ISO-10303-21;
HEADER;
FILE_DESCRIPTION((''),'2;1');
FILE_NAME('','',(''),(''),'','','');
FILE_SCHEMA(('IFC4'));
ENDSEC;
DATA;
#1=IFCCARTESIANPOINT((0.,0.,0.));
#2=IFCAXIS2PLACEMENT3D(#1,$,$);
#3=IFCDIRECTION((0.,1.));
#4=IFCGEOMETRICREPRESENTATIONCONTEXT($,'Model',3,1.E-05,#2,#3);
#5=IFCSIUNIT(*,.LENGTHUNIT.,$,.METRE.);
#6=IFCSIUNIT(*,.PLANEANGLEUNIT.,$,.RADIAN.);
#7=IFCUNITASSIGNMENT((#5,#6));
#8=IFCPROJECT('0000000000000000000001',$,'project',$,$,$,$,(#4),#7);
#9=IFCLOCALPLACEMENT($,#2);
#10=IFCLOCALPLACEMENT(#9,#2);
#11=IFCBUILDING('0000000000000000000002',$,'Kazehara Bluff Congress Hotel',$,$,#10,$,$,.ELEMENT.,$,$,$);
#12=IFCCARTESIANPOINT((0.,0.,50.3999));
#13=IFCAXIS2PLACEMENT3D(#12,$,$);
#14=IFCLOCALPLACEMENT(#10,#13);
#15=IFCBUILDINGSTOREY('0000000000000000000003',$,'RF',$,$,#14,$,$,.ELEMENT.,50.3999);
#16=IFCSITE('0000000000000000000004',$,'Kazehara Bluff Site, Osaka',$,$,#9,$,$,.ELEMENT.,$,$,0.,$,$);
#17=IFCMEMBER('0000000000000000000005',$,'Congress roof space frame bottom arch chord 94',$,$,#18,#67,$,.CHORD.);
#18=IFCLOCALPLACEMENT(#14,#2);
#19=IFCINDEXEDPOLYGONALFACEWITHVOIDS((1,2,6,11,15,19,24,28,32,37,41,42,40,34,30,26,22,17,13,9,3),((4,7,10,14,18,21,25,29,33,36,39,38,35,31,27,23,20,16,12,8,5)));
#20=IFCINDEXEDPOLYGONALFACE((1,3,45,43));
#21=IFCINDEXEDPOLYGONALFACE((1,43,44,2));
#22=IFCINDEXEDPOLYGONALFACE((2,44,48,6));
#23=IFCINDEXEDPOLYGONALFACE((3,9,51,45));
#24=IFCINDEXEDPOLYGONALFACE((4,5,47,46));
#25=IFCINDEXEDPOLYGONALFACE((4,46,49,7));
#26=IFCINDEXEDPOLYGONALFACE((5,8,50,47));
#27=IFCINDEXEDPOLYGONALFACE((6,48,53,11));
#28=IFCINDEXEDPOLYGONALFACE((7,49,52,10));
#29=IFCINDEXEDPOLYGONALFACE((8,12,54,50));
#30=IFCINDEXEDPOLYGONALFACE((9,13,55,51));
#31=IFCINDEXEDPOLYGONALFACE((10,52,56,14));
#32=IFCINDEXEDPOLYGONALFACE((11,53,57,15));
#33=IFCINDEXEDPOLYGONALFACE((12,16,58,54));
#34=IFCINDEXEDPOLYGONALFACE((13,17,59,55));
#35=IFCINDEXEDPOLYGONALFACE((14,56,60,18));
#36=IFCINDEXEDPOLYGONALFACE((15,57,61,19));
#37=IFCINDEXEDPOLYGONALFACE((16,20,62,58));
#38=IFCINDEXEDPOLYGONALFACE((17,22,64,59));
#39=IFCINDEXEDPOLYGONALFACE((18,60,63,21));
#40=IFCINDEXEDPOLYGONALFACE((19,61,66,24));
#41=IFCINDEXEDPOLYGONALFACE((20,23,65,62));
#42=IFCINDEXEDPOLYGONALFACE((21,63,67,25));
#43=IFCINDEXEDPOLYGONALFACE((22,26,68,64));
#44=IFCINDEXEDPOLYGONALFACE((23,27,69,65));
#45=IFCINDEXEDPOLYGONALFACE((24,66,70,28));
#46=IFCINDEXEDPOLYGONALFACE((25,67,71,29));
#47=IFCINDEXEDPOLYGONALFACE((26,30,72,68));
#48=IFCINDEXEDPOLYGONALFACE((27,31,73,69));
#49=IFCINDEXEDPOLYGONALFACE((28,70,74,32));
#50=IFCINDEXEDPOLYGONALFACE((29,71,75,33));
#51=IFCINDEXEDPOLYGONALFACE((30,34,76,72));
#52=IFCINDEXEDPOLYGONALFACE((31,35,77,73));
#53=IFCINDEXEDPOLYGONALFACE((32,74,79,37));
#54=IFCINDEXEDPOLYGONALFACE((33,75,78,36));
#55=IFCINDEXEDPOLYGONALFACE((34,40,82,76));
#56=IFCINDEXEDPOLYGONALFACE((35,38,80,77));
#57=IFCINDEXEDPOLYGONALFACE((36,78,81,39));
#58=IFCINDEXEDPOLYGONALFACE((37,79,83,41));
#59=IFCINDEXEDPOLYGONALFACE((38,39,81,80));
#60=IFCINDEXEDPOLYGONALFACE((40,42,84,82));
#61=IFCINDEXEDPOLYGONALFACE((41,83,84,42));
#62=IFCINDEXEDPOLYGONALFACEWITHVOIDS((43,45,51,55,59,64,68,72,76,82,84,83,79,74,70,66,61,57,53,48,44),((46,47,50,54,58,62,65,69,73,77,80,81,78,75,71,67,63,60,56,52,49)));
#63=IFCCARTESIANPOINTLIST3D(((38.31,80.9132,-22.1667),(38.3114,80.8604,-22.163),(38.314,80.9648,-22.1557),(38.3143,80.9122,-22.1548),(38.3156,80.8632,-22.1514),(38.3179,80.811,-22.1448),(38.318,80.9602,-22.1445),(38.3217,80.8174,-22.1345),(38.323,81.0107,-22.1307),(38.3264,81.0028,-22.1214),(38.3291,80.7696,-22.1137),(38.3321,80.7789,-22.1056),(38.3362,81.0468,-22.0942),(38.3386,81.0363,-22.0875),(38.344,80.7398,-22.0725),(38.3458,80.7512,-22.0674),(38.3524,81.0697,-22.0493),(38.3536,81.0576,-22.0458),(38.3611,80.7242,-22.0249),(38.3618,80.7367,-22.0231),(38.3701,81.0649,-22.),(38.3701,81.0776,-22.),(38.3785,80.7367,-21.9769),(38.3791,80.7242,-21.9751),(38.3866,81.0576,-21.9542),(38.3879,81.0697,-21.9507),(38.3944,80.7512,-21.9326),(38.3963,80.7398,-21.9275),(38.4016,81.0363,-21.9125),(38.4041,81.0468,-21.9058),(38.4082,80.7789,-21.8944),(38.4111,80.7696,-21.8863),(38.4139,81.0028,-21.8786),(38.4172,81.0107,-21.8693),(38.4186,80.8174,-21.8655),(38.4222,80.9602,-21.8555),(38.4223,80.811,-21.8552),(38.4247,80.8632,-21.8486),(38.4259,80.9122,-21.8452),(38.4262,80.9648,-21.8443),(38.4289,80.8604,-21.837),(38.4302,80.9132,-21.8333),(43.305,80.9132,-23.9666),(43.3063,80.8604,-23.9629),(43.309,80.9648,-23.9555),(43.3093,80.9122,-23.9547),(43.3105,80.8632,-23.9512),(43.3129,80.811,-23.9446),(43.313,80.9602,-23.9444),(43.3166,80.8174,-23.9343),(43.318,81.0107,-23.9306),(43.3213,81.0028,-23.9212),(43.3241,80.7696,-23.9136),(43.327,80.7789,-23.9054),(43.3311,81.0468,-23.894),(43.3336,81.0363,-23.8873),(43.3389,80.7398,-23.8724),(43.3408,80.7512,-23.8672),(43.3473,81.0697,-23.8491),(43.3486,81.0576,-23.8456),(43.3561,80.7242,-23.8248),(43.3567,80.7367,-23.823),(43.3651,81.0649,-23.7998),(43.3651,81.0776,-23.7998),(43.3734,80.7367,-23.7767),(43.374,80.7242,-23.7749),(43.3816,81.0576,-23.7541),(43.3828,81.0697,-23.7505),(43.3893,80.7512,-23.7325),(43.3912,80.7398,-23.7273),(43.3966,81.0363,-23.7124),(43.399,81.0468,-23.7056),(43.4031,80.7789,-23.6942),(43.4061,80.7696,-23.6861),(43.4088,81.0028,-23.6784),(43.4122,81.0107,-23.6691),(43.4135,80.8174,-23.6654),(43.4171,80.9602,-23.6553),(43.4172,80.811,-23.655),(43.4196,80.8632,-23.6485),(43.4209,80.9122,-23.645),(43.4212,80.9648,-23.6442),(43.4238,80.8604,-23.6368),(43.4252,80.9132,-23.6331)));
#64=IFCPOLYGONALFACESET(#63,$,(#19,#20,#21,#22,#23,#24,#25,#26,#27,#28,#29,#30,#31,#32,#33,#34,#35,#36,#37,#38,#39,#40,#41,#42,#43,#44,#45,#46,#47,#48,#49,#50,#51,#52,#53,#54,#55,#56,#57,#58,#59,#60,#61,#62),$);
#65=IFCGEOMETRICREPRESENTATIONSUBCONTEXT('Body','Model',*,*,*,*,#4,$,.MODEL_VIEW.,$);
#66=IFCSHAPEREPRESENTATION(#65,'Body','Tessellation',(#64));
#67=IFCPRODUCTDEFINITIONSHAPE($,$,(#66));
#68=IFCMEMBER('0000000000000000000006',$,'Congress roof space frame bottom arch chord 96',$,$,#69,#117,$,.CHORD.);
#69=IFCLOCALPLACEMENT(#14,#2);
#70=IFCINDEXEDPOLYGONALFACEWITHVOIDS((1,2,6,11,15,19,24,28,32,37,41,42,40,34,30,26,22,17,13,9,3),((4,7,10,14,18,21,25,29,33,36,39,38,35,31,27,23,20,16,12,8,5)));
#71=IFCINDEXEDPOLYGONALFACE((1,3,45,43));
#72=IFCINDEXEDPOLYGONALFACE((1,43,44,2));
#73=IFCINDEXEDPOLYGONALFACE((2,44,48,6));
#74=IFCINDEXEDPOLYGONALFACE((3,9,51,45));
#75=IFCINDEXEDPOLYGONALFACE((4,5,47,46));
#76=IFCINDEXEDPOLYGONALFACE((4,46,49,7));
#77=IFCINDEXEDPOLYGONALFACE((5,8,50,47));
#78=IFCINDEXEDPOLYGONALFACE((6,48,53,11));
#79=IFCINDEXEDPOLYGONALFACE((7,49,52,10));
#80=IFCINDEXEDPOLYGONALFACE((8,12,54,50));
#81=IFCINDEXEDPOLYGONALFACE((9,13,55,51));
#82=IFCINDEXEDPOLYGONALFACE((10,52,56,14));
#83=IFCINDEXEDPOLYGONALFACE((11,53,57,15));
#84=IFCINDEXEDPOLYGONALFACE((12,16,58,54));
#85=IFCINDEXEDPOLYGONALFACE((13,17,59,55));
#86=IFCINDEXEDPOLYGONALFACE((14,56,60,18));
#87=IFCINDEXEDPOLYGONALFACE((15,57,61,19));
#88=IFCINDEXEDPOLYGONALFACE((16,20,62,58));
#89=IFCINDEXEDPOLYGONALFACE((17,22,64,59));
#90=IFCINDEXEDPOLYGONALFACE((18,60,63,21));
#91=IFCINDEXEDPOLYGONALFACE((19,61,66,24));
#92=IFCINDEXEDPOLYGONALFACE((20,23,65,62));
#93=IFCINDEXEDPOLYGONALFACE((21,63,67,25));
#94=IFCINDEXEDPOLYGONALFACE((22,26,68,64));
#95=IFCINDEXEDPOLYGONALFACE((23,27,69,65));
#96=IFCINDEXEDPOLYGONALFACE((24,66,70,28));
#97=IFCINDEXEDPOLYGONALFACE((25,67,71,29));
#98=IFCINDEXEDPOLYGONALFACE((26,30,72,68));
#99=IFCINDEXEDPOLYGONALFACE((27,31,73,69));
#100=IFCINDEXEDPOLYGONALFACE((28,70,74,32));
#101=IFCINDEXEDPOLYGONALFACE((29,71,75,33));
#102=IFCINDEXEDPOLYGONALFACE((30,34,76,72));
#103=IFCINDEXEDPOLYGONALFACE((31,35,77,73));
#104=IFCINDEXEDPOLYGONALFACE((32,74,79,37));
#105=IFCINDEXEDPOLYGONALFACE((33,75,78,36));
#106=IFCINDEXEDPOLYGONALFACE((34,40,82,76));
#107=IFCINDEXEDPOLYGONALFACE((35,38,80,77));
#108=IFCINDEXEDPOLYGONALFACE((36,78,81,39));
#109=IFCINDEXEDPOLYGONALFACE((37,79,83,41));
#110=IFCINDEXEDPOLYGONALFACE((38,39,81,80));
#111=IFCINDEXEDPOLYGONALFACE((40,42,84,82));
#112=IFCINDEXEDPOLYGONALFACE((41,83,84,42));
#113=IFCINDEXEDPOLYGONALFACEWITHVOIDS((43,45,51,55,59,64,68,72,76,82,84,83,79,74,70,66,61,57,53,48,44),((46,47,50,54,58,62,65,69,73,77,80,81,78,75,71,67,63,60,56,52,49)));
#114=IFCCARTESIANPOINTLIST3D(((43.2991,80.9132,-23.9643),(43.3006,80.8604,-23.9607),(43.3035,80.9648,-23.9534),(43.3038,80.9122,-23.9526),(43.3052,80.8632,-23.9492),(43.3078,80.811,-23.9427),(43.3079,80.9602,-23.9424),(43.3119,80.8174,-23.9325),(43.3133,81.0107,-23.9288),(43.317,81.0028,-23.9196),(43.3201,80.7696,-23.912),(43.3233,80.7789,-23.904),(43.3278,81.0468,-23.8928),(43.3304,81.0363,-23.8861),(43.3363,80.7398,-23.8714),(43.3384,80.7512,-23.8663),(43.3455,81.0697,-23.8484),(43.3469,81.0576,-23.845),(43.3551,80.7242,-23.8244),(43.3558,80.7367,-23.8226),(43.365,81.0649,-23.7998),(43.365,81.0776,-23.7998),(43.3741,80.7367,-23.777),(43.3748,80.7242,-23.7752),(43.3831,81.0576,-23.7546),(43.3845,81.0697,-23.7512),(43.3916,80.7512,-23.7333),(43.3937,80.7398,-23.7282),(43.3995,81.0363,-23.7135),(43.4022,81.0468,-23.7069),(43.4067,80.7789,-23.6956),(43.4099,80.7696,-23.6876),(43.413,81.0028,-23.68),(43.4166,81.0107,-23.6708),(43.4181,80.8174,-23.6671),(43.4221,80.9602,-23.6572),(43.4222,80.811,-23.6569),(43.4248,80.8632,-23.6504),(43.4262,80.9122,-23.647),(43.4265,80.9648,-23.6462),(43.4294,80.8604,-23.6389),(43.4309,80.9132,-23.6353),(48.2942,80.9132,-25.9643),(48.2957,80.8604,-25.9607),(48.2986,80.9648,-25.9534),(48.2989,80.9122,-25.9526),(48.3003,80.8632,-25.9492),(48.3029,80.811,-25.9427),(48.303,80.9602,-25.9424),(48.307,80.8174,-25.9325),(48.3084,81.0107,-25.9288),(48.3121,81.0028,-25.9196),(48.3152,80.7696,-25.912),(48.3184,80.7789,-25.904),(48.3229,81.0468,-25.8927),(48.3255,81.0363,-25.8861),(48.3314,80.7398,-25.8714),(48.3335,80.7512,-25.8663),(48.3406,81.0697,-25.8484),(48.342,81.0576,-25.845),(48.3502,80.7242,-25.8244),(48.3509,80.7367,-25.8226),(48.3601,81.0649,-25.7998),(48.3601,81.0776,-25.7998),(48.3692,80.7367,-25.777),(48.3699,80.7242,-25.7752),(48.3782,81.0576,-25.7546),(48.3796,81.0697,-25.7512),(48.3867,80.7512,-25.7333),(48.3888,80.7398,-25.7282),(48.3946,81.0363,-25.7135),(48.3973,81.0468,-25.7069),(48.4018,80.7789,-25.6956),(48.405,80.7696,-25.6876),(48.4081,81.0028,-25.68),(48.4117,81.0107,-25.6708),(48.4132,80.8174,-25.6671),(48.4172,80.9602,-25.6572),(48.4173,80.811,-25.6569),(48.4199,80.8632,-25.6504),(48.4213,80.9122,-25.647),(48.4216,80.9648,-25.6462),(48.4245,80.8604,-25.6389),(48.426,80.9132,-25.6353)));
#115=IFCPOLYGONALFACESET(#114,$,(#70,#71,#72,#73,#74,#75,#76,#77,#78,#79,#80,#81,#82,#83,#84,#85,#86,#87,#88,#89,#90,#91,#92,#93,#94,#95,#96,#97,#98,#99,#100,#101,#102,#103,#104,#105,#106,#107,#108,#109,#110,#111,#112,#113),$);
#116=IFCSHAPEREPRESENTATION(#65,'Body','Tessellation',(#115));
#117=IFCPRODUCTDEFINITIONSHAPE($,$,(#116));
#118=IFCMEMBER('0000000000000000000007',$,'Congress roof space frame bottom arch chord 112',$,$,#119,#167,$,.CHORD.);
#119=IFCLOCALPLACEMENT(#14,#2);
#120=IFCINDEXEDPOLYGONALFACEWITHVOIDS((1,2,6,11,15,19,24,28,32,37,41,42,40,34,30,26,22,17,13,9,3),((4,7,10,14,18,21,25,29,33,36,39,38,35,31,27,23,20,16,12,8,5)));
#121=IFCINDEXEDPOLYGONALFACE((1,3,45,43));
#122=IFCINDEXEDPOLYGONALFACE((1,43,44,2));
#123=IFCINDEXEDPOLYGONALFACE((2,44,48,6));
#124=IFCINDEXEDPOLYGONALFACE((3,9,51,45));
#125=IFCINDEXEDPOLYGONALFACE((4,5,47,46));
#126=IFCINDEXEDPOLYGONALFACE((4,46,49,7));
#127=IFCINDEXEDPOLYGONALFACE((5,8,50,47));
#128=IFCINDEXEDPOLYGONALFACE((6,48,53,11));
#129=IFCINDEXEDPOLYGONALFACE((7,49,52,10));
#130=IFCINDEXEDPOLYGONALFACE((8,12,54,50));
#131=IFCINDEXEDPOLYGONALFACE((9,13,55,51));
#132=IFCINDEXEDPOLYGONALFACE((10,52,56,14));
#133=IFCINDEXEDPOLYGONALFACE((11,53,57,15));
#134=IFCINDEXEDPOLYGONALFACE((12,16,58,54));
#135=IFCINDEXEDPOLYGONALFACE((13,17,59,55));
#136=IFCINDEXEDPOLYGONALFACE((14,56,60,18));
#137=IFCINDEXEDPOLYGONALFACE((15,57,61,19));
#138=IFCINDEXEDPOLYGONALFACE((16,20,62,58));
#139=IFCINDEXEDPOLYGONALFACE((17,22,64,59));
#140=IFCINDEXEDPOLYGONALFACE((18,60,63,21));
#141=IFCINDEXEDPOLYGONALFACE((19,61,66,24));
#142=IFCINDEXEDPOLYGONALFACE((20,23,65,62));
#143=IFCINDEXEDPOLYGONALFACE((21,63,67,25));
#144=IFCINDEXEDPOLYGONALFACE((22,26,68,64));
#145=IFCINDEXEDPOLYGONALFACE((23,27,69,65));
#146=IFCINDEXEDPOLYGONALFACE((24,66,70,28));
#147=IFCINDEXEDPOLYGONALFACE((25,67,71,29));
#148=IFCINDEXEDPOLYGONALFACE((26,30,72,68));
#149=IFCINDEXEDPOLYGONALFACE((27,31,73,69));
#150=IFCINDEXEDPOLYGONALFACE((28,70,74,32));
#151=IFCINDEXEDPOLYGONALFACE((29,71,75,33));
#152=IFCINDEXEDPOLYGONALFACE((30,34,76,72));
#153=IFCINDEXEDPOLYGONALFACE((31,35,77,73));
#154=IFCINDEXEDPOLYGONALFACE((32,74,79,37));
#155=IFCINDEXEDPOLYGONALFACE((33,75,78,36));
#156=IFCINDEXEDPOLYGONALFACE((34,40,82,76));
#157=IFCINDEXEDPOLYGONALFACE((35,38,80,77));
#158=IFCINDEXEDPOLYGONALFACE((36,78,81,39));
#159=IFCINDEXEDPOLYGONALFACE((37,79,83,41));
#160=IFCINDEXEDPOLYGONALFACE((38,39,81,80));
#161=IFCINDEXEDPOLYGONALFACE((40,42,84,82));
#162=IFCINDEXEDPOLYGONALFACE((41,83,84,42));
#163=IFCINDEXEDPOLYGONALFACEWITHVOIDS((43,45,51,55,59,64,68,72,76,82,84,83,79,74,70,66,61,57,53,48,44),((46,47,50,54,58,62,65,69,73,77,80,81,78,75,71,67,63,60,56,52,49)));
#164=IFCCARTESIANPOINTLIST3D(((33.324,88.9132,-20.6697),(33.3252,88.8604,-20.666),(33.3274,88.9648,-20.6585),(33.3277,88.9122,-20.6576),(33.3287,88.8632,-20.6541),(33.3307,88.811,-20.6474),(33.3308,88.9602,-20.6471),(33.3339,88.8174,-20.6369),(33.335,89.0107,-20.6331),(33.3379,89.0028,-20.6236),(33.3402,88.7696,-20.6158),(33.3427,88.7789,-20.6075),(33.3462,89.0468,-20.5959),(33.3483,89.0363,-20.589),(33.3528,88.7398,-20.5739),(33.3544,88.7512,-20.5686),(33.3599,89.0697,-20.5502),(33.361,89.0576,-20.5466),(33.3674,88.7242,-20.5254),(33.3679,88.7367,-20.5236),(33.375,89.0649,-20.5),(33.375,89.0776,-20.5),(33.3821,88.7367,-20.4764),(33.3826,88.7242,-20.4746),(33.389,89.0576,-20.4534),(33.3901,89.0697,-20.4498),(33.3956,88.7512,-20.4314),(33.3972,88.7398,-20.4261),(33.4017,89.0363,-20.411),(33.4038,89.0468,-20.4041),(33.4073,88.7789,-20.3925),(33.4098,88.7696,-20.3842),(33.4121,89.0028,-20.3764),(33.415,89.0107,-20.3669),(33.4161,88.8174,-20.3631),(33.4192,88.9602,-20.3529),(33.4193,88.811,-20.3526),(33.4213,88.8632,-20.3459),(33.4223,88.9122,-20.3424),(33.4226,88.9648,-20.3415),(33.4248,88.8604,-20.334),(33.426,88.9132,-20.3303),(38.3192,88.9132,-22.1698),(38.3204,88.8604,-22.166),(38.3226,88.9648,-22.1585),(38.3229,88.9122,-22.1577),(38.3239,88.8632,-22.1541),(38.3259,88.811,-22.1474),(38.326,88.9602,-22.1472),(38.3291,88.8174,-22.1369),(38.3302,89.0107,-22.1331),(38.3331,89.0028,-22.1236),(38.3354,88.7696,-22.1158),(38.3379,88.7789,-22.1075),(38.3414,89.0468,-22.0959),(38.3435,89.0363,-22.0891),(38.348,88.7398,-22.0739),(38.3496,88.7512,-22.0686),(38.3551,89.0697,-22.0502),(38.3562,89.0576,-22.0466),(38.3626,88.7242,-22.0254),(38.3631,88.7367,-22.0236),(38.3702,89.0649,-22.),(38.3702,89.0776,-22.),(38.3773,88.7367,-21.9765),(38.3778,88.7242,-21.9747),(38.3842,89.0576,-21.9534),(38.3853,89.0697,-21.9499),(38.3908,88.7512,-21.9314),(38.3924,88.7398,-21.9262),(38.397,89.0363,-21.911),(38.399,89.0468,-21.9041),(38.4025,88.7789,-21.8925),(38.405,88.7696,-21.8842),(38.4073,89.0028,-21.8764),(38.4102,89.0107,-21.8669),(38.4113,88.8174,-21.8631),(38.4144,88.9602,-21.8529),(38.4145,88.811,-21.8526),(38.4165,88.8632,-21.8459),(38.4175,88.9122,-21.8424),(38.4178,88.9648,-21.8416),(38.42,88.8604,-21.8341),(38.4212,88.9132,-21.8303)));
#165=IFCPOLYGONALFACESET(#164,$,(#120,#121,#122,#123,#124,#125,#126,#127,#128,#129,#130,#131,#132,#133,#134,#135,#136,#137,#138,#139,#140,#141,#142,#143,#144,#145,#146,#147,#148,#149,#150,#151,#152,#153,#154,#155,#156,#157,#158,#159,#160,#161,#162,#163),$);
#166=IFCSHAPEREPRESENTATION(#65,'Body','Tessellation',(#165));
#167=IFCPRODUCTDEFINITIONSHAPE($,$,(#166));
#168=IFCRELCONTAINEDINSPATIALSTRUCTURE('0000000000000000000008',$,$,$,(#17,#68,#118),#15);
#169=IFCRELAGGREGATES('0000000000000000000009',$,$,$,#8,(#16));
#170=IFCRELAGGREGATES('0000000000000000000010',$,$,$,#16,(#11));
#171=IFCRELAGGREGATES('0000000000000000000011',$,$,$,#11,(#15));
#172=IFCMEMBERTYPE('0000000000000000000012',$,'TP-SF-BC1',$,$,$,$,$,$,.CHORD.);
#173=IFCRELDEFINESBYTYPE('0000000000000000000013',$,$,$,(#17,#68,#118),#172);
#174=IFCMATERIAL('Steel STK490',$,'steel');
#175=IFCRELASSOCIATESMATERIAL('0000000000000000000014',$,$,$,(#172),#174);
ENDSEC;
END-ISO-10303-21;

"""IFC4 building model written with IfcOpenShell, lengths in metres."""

from ifc_helpers import new_model, si_unit, direction, frame, origin, origin_2d, place, context, subcontext, project, spatial, hollow_circle, extrude, material, material_profile, profile_set, type_object, element, save


model = new_model("IFC4")

# Units and contexts
model_context = context("Model", 3, precision=1e-05, world=origin(), true_north=direction((0.0, 1.0)))
body_context = subcontext(model_context, "Body", "Model", "MODEL_VIEW")
ifc_project = project(units=[si_unit("LENGTHUNIT", "METRE"), si_unit("PLANEANGLEUNIT", "RADIAN")], contexts=[model_context])

# Site, building, storey
site_placement = place(None, origin())
site = spatial("IfcSite", under=ifc_project, at=site_placement, Name="Kazehara Bluff Site, Osaka", CompositionType="ELEMENT", RefElevation=0.0)
building_placement = place(site_placement, origin())
building = spatial("IfcBuilding", under=site, at=building_placement, Name="Kazehara Bluff Congress Hotel", CompositionType="ELEMENT")
storey_placement = place(building_placement, frame((0.0, 0.0, 50.3999)))
storey = spatial("IfcBuildingStorey", under=building, at=storey_placement, Name="RF", CompositionType="ELEMENT", Elevation=50.3999)

# Members
ifc_material_1 = material(Name="Steel STK490", Category="steel")
ifc_material_profile_1 = material_profile(ifc_material_1, hollow_circle(Radius=0.1777, WallThickness=0.0127, at=origin_2d()))
ifc_profile_set_1 = profile_set([ifc_material_profile_1], Name="Steel STK490")
member_type_1 = type_object("IfcMemberType", Name="TP-SF-BC1", PredefinedType="CHORD", material=ifc_profile_set_1)
member_1_placement = place(storey_placement, frame((38.3701, 80.8999, -22.0), z_axis=(0.940788, 0.0, -0.338995), x_axis=(0.0, 1.0, 0.0)))
element("IfcMember", 1, at=member_1_placement, inside=storey, type_object=member_type_1, Name="Congress roof space frame bottom arch chord 94", PredefinedType="CHORD", context=body_context, shape_type="SweptSolid", body=[
    extrude(hollow_circle(Radius=0.1777, WallThickness=0.0127, at=origin_2d()), origin(), (0.0, 0.0, 1.0), 5.3093),
])
member_2_placement = place(storey_placement, frame((43.365, 80.8999, -23.7998), z_axis=(0.928351, 0.0, -0.371704), x_axis=(0.0, 1.0, 0.0)))
element("IfcMember", 2, at=member_2_placement, inside=storey, type_object=member_type_1, Name="Congress roof space frame bottom arch chord 96", PredefinedType="CHORD", context=body_context, shape_type="SweptSolid", body=[
    extrude(hollow_circle(Radius=0.1777, WallThickness=0.0127, at=origin_2d()), origin(), (0.0, 0.0, 1.0), 5.3806),
])
member_3_placement = place(storey_placement, frame((33.375, 88.8999, -20.5), z_axis=(0.957749, 0.0, -0.287606), x_axis=(0.0, 1.0, 0.0)))
element("IfcMember", 3, at=member_3_placement, inside=storey, type_object=member_type_1, Name="Congress roof space frame bottom arch chord 112", PredefinedType="CHORD", context=body_context, shape_type="SweptSolid", body=[
    extrude(hollow_circle(Radius=0.1777, WallThickness=0.0127, at=origin_2d()), origin(), (0.0, 0.0, 1.0), 5.2156),
])

save(model, "model.ifc")
